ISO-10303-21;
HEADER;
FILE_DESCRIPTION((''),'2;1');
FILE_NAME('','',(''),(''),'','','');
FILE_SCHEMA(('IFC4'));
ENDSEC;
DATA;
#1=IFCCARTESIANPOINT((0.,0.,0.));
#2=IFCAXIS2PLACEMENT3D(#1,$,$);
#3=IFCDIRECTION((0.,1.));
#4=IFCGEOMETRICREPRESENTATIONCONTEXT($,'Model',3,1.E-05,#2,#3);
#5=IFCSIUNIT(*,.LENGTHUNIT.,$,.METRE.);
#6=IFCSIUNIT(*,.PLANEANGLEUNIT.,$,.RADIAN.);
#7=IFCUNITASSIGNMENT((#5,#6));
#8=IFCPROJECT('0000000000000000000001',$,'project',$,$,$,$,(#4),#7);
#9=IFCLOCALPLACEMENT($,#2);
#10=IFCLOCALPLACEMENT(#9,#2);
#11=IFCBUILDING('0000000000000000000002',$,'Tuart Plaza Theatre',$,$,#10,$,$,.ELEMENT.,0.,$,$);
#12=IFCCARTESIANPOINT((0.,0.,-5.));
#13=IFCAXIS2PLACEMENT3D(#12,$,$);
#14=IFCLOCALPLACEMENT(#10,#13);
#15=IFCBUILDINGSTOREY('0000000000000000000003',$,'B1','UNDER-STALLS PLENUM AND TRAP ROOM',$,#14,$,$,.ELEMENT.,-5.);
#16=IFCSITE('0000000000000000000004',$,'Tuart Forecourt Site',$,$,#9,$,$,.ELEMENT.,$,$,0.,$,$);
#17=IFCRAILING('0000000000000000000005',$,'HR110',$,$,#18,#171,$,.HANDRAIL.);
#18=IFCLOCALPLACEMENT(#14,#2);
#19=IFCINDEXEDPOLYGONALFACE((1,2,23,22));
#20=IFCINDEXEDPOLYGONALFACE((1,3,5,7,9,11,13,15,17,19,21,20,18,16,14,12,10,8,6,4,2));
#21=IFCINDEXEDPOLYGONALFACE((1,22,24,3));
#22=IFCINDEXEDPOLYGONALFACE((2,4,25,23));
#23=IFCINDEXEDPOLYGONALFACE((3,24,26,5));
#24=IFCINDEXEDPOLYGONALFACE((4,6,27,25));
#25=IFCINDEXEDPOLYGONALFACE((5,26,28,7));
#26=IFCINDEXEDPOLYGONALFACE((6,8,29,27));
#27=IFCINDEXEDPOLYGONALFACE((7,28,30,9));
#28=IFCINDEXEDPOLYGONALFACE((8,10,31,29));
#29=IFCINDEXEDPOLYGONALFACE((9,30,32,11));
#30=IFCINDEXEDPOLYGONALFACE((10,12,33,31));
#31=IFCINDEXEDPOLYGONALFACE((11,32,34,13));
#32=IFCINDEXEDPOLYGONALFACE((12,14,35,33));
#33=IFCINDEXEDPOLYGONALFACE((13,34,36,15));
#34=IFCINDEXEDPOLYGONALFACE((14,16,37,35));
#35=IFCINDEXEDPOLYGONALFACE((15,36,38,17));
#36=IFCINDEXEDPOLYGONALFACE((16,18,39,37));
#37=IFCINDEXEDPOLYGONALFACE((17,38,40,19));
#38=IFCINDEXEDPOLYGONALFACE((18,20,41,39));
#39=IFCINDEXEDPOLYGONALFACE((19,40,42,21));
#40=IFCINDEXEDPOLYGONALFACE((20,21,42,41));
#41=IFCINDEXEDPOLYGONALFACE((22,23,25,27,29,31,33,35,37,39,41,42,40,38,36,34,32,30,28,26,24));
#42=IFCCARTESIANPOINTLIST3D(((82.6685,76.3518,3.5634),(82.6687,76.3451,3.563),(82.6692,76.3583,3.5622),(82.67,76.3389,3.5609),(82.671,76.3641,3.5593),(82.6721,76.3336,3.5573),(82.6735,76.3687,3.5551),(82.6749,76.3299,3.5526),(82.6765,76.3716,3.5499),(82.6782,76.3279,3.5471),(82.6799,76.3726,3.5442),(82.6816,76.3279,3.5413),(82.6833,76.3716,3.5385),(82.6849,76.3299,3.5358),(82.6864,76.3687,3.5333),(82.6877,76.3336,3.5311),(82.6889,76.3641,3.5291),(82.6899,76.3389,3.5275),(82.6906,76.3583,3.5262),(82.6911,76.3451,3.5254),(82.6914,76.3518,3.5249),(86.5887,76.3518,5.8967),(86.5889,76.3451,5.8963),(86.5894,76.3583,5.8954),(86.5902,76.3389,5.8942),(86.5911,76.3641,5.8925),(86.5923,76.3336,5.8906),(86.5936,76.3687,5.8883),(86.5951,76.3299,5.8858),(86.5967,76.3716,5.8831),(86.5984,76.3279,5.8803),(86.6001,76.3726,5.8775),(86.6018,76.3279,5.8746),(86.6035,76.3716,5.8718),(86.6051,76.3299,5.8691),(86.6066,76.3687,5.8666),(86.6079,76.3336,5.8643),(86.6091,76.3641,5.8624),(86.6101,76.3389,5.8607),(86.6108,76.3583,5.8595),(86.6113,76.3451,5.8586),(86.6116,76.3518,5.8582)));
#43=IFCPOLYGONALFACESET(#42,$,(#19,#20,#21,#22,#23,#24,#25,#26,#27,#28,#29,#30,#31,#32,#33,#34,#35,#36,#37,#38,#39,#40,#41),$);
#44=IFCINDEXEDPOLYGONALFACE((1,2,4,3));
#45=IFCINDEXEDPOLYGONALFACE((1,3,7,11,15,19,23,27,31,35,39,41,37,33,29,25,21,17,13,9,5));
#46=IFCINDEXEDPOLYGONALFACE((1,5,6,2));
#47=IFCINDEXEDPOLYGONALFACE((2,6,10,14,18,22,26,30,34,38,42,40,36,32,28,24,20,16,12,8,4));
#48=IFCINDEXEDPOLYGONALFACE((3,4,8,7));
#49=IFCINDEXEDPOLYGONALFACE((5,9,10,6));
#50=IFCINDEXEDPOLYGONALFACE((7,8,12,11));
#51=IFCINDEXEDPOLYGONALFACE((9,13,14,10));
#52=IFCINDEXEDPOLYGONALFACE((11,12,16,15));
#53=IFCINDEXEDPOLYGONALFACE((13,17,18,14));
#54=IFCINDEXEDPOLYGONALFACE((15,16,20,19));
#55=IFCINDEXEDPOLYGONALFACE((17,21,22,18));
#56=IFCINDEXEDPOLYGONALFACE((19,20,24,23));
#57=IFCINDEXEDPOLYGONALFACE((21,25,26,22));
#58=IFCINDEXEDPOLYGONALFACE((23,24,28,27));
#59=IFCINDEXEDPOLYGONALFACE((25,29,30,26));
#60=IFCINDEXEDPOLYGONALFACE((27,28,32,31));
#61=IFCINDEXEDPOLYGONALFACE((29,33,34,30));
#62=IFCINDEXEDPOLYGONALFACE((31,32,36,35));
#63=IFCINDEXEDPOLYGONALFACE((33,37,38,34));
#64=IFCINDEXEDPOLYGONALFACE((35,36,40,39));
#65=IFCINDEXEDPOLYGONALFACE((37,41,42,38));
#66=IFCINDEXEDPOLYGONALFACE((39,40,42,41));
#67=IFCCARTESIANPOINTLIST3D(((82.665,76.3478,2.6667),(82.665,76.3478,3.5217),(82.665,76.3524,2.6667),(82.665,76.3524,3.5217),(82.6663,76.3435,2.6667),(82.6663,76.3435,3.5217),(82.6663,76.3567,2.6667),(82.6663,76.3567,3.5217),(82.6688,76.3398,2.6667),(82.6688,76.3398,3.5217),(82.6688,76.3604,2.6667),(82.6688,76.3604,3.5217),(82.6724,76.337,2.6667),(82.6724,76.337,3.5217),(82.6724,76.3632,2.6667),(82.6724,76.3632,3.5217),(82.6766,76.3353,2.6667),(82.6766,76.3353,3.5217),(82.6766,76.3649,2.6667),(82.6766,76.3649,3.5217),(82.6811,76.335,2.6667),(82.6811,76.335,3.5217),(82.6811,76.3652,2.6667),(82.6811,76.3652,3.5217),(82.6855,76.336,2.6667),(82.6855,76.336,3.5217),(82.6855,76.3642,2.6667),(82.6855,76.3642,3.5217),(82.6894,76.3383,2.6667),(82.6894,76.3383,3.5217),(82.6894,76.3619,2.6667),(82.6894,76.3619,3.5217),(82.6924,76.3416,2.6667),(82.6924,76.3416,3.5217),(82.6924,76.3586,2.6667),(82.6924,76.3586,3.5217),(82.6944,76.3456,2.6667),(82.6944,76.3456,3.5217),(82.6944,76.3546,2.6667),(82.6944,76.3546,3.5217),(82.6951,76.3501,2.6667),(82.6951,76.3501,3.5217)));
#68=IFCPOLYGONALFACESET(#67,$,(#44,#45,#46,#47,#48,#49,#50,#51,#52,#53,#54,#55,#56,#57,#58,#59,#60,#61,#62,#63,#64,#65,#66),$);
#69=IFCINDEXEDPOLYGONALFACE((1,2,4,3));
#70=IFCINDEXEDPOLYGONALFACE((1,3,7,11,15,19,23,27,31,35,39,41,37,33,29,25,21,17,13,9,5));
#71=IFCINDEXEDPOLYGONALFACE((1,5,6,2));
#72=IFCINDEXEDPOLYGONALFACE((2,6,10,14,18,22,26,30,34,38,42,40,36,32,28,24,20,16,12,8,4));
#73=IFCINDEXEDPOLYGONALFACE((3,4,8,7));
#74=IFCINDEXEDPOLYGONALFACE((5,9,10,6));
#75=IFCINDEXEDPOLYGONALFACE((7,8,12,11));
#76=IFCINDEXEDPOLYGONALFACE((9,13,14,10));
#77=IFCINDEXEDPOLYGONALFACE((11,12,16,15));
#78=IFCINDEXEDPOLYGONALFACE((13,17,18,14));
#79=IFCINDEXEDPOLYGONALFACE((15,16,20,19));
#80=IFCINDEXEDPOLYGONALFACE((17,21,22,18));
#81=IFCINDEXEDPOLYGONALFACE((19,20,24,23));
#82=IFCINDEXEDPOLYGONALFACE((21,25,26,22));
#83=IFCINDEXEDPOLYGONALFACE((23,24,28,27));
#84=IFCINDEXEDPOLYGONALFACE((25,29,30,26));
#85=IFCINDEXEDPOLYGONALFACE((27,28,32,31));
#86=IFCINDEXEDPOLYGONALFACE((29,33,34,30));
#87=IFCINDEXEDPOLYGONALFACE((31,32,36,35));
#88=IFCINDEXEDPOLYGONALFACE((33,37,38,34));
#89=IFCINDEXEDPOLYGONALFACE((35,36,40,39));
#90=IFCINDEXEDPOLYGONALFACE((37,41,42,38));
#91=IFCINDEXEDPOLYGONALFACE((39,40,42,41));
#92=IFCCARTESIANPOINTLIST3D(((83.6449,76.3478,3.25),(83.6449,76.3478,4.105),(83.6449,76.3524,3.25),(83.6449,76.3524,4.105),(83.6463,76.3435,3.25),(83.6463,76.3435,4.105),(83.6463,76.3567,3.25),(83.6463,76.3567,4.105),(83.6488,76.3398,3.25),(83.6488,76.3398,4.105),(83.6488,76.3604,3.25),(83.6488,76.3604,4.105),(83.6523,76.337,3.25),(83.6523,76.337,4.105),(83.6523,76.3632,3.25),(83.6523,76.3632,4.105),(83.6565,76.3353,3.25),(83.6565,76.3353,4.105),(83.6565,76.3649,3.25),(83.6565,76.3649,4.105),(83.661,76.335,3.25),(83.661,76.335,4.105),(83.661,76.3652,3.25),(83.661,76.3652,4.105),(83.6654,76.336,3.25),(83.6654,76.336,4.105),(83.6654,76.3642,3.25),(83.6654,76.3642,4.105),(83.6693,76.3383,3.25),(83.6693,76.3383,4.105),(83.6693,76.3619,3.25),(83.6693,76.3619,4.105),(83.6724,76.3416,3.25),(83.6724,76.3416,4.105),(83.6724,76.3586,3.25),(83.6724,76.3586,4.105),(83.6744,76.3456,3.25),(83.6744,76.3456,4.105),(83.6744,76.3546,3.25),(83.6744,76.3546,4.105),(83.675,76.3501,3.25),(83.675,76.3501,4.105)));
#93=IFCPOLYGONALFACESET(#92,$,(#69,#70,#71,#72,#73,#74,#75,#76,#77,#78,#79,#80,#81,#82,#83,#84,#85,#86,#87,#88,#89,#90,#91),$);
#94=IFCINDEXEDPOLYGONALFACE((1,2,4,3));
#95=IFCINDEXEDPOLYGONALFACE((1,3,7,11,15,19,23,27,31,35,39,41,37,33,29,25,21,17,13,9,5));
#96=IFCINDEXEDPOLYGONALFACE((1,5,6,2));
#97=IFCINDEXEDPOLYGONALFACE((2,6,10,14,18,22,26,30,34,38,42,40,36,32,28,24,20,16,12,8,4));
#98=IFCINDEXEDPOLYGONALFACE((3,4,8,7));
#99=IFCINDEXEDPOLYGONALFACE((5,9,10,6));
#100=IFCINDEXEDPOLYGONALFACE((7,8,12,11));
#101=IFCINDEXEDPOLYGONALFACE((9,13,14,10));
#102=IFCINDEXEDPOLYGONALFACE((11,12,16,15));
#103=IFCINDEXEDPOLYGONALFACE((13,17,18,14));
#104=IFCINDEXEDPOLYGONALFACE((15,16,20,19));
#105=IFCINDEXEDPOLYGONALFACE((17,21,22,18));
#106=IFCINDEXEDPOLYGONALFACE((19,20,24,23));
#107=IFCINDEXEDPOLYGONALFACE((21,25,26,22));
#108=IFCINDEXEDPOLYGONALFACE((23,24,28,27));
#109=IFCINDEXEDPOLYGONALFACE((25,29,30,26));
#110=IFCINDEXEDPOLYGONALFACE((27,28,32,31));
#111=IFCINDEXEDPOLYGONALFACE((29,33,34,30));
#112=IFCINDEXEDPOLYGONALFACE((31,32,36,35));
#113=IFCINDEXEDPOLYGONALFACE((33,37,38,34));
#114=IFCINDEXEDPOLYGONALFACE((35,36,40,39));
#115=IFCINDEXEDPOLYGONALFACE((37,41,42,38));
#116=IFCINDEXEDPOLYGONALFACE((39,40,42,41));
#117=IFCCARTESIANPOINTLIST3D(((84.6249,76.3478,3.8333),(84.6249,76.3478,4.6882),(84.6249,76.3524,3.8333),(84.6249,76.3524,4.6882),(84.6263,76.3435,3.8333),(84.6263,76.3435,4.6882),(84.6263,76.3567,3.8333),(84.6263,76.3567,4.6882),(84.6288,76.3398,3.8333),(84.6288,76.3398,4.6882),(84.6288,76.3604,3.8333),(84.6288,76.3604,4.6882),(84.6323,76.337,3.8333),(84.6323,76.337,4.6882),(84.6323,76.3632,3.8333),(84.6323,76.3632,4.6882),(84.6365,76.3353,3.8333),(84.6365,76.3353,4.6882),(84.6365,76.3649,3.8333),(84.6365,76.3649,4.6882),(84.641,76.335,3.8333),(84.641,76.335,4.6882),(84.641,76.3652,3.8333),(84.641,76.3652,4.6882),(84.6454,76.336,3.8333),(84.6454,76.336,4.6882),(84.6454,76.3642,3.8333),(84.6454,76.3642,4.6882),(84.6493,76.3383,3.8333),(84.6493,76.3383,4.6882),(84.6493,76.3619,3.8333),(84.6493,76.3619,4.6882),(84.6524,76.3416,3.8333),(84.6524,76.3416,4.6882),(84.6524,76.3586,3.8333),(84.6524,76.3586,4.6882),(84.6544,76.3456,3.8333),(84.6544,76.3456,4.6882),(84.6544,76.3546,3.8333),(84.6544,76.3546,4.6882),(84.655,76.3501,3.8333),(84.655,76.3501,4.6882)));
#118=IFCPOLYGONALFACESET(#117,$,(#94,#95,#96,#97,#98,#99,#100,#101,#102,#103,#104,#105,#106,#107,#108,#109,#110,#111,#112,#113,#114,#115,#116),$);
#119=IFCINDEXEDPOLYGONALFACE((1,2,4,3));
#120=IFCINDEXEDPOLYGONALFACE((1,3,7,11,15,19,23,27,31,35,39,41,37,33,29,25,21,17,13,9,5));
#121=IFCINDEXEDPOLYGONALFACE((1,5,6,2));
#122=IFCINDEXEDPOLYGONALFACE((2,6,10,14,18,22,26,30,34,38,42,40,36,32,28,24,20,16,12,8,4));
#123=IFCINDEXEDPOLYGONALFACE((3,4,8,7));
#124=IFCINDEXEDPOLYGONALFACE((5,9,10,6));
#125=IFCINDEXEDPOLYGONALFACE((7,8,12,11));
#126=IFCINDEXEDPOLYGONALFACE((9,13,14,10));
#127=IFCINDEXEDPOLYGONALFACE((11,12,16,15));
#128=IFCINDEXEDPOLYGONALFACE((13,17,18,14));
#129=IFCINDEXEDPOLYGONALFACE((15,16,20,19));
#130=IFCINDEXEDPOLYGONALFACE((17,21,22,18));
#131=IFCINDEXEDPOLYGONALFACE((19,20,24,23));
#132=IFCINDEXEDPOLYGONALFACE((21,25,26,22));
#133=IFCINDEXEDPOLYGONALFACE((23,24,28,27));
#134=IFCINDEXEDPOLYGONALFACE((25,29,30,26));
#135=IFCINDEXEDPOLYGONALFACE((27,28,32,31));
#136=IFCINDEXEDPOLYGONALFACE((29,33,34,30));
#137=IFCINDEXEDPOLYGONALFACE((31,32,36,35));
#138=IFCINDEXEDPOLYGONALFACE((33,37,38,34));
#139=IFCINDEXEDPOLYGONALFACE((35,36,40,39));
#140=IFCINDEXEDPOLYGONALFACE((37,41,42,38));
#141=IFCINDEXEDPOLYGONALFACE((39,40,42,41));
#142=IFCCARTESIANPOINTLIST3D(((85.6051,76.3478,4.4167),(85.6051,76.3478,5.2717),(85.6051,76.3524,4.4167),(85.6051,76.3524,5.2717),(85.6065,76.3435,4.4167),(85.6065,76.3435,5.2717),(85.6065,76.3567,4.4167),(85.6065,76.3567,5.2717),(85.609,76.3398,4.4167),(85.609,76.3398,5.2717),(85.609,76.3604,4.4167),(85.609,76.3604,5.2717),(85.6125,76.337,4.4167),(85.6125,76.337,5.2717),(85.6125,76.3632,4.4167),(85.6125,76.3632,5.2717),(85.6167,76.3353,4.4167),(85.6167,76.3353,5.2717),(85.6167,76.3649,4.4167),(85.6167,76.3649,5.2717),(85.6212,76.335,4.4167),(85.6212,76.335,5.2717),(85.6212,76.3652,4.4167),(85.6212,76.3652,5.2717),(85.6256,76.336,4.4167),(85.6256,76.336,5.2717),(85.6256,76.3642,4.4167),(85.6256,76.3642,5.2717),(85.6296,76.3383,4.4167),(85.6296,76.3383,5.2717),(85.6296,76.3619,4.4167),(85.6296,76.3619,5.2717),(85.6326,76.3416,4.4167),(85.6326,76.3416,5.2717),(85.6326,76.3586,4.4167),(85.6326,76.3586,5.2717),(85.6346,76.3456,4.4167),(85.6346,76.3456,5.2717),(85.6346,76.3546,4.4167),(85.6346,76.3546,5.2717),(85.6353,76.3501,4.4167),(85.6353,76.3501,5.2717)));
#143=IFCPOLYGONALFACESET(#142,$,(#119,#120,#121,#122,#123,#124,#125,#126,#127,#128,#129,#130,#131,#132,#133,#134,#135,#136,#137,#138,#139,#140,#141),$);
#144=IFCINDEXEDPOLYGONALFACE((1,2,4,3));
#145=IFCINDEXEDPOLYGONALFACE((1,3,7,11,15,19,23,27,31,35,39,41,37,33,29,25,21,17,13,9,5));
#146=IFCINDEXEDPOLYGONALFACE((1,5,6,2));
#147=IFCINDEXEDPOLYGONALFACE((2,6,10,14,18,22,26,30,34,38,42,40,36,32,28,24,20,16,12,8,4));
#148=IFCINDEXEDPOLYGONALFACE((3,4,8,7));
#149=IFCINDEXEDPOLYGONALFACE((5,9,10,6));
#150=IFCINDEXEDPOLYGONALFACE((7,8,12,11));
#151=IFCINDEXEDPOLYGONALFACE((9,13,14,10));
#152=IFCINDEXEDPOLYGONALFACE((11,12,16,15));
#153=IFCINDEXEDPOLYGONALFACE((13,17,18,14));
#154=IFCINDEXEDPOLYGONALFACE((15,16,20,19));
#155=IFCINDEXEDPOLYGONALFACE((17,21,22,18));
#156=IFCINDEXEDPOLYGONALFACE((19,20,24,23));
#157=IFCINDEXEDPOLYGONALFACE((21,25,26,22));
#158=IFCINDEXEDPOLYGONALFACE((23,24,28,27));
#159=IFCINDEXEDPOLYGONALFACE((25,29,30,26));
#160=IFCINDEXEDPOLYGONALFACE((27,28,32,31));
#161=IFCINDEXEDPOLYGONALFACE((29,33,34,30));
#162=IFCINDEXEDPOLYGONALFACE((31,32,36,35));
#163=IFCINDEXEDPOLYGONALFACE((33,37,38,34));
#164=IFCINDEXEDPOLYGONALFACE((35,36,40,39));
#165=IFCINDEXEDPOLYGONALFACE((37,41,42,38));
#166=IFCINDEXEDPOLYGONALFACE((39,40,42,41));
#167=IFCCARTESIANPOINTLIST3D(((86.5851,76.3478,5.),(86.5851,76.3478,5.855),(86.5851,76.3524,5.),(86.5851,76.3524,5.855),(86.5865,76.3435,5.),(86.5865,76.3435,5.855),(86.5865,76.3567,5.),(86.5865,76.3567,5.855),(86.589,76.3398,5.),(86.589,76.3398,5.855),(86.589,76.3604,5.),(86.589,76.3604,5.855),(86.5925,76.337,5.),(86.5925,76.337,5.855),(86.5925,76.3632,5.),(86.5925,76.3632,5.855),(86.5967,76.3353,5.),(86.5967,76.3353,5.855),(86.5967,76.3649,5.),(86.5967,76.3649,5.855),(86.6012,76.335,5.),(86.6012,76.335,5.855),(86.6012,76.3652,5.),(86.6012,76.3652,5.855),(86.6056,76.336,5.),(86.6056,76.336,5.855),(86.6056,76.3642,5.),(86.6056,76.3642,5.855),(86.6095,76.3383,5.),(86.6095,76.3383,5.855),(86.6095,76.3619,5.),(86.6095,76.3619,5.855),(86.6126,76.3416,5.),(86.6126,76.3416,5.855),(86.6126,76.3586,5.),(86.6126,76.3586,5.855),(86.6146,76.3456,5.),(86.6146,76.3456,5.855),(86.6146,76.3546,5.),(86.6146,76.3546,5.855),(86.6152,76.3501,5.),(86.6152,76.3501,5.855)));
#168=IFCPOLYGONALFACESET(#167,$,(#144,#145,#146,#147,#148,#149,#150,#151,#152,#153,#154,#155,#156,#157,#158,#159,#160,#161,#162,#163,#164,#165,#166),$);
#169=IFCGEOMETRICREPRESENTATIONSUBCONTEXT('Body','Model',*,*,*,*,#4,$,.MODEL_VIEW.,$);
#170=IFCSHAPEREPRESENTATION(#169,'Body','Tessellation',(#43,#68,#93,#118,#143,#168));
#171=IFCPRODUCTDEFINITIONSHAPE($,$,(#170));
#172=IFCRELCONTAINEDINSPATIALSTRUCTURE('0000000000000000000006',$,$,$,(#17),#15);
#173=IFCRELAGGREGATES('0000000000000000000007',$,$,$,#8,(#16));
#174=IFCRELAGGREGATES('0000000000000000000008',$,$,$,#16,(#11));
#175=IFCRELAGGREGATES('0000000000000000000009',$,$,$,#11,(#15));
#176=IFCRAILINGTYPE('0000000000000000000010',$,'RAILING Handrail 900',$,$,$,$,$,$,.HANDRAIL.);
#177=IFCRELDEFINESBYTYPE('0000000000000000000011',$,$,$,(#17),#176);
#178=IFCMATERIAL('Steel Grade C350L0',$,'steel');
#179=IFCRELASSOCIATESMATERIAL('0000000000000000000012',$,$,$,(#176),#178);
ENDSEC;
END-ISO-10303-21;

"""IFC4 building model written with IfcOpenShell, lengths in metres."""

from ifc_helpers import new_model, si_unit, direction, frame, origin, origin_2d, place, context, subcontext, project, spatial, circle, extrude, material, type_object, element, save


model = new_model("IFC4")

# Units and contexts
model_context = context("Model", 3, precision=1e-05, world=origin(), true_north=direction((0.0, 1.0)))
body_context = subcontext(model_context, "Body", "Model", "MODEL_VIEW")
ifc_project = project(units=[si_unit("LENGTHUNIT", "METRE"), si_unit("PLANEANGLEUNIT", "RADIAN")], contexts=[model_context])

# Site, building, storey
site_placement = place(None, origin())
site = spatial("IfcSite", under=ifc_project, at=site_placement, Name="Tuart Forecourt Site", CompositionType="ELEMENT", RefElevation=0.0)
building_placement = place(site_placement, origin())
building = spatial("IfcBuilding", under=site, at=building_placement, Name="Tuart Plaza Theatre", CompositionType="ELEMENT", ElevationOfRefHeight=0.0)
storey_placement = place(building_placement, frame((0.0, 0.0, -5.0)))
storey = spatial("IfcBuildingStorey", under=building, at=storey_placement, Name="B1", Description="UNDER-STALLS PLENUM AND TRAP ROOM", CompositionType="ELEMENT", Elevation=-5.0)

# Railing
ifc_material_1 = material(Name="Steel Grade C350L0", Category="steel")
railing_type_1 = type_object("IfcRailingType", Name="RAILING Handrail 900", PredefinedType="HANDRAIL", material=ifc_material_1)
for number, where, name in (
    (1, (82.6799, 76.3501, 2.6667), "HR110"),
):
    element("IfcRailing", number, at=place(storey_placement, frame(where)), inside=storey, type_object=railing_type_1, Name=name, PredefinedType="HANDRAIL", context=body_context, shape_type="SweptSolid", body=[
        extrude(circle(Radius=0.0225, at=origin_2d()), frame((0.0, 0.0, 0.8774), z_axis=(0.85931, 0.0, 0.511455), x_axis=(0.0, 1.0, 0.0)), (0.0, 0.0, 1.0), 4.562),
        extrude(circle(Radius=0.0151, at=origin_2d()), origin(), (0.0, 0.0, 1.0), 0.855),
        extrude(circle(Radius=0.0151, at=origin_2d()), frame((0.98, 0.0, 0.5833)), (0.0, 0.0, 1.0), 0.855),
        extrude(circle(Radius=0.0151, at=origin_2d()), frame((1.96, 0.0, 1.1665)), (0.0, 0.0, 1.0), 0.855),
        extrude(circle(Radius=0.0151, at=origin_2d()), frame((2.9402, 0.0, 1.75)), (0.0, 0.0, 1.0), 0.855),
        extrude(circle(Radius=0.0151, at=origin_2d()), frame((3.9202, 0.0, 2.3333)), (0.0, 0.0, 1.0), 0.855),
    ])

save(model, "model.ifc")
